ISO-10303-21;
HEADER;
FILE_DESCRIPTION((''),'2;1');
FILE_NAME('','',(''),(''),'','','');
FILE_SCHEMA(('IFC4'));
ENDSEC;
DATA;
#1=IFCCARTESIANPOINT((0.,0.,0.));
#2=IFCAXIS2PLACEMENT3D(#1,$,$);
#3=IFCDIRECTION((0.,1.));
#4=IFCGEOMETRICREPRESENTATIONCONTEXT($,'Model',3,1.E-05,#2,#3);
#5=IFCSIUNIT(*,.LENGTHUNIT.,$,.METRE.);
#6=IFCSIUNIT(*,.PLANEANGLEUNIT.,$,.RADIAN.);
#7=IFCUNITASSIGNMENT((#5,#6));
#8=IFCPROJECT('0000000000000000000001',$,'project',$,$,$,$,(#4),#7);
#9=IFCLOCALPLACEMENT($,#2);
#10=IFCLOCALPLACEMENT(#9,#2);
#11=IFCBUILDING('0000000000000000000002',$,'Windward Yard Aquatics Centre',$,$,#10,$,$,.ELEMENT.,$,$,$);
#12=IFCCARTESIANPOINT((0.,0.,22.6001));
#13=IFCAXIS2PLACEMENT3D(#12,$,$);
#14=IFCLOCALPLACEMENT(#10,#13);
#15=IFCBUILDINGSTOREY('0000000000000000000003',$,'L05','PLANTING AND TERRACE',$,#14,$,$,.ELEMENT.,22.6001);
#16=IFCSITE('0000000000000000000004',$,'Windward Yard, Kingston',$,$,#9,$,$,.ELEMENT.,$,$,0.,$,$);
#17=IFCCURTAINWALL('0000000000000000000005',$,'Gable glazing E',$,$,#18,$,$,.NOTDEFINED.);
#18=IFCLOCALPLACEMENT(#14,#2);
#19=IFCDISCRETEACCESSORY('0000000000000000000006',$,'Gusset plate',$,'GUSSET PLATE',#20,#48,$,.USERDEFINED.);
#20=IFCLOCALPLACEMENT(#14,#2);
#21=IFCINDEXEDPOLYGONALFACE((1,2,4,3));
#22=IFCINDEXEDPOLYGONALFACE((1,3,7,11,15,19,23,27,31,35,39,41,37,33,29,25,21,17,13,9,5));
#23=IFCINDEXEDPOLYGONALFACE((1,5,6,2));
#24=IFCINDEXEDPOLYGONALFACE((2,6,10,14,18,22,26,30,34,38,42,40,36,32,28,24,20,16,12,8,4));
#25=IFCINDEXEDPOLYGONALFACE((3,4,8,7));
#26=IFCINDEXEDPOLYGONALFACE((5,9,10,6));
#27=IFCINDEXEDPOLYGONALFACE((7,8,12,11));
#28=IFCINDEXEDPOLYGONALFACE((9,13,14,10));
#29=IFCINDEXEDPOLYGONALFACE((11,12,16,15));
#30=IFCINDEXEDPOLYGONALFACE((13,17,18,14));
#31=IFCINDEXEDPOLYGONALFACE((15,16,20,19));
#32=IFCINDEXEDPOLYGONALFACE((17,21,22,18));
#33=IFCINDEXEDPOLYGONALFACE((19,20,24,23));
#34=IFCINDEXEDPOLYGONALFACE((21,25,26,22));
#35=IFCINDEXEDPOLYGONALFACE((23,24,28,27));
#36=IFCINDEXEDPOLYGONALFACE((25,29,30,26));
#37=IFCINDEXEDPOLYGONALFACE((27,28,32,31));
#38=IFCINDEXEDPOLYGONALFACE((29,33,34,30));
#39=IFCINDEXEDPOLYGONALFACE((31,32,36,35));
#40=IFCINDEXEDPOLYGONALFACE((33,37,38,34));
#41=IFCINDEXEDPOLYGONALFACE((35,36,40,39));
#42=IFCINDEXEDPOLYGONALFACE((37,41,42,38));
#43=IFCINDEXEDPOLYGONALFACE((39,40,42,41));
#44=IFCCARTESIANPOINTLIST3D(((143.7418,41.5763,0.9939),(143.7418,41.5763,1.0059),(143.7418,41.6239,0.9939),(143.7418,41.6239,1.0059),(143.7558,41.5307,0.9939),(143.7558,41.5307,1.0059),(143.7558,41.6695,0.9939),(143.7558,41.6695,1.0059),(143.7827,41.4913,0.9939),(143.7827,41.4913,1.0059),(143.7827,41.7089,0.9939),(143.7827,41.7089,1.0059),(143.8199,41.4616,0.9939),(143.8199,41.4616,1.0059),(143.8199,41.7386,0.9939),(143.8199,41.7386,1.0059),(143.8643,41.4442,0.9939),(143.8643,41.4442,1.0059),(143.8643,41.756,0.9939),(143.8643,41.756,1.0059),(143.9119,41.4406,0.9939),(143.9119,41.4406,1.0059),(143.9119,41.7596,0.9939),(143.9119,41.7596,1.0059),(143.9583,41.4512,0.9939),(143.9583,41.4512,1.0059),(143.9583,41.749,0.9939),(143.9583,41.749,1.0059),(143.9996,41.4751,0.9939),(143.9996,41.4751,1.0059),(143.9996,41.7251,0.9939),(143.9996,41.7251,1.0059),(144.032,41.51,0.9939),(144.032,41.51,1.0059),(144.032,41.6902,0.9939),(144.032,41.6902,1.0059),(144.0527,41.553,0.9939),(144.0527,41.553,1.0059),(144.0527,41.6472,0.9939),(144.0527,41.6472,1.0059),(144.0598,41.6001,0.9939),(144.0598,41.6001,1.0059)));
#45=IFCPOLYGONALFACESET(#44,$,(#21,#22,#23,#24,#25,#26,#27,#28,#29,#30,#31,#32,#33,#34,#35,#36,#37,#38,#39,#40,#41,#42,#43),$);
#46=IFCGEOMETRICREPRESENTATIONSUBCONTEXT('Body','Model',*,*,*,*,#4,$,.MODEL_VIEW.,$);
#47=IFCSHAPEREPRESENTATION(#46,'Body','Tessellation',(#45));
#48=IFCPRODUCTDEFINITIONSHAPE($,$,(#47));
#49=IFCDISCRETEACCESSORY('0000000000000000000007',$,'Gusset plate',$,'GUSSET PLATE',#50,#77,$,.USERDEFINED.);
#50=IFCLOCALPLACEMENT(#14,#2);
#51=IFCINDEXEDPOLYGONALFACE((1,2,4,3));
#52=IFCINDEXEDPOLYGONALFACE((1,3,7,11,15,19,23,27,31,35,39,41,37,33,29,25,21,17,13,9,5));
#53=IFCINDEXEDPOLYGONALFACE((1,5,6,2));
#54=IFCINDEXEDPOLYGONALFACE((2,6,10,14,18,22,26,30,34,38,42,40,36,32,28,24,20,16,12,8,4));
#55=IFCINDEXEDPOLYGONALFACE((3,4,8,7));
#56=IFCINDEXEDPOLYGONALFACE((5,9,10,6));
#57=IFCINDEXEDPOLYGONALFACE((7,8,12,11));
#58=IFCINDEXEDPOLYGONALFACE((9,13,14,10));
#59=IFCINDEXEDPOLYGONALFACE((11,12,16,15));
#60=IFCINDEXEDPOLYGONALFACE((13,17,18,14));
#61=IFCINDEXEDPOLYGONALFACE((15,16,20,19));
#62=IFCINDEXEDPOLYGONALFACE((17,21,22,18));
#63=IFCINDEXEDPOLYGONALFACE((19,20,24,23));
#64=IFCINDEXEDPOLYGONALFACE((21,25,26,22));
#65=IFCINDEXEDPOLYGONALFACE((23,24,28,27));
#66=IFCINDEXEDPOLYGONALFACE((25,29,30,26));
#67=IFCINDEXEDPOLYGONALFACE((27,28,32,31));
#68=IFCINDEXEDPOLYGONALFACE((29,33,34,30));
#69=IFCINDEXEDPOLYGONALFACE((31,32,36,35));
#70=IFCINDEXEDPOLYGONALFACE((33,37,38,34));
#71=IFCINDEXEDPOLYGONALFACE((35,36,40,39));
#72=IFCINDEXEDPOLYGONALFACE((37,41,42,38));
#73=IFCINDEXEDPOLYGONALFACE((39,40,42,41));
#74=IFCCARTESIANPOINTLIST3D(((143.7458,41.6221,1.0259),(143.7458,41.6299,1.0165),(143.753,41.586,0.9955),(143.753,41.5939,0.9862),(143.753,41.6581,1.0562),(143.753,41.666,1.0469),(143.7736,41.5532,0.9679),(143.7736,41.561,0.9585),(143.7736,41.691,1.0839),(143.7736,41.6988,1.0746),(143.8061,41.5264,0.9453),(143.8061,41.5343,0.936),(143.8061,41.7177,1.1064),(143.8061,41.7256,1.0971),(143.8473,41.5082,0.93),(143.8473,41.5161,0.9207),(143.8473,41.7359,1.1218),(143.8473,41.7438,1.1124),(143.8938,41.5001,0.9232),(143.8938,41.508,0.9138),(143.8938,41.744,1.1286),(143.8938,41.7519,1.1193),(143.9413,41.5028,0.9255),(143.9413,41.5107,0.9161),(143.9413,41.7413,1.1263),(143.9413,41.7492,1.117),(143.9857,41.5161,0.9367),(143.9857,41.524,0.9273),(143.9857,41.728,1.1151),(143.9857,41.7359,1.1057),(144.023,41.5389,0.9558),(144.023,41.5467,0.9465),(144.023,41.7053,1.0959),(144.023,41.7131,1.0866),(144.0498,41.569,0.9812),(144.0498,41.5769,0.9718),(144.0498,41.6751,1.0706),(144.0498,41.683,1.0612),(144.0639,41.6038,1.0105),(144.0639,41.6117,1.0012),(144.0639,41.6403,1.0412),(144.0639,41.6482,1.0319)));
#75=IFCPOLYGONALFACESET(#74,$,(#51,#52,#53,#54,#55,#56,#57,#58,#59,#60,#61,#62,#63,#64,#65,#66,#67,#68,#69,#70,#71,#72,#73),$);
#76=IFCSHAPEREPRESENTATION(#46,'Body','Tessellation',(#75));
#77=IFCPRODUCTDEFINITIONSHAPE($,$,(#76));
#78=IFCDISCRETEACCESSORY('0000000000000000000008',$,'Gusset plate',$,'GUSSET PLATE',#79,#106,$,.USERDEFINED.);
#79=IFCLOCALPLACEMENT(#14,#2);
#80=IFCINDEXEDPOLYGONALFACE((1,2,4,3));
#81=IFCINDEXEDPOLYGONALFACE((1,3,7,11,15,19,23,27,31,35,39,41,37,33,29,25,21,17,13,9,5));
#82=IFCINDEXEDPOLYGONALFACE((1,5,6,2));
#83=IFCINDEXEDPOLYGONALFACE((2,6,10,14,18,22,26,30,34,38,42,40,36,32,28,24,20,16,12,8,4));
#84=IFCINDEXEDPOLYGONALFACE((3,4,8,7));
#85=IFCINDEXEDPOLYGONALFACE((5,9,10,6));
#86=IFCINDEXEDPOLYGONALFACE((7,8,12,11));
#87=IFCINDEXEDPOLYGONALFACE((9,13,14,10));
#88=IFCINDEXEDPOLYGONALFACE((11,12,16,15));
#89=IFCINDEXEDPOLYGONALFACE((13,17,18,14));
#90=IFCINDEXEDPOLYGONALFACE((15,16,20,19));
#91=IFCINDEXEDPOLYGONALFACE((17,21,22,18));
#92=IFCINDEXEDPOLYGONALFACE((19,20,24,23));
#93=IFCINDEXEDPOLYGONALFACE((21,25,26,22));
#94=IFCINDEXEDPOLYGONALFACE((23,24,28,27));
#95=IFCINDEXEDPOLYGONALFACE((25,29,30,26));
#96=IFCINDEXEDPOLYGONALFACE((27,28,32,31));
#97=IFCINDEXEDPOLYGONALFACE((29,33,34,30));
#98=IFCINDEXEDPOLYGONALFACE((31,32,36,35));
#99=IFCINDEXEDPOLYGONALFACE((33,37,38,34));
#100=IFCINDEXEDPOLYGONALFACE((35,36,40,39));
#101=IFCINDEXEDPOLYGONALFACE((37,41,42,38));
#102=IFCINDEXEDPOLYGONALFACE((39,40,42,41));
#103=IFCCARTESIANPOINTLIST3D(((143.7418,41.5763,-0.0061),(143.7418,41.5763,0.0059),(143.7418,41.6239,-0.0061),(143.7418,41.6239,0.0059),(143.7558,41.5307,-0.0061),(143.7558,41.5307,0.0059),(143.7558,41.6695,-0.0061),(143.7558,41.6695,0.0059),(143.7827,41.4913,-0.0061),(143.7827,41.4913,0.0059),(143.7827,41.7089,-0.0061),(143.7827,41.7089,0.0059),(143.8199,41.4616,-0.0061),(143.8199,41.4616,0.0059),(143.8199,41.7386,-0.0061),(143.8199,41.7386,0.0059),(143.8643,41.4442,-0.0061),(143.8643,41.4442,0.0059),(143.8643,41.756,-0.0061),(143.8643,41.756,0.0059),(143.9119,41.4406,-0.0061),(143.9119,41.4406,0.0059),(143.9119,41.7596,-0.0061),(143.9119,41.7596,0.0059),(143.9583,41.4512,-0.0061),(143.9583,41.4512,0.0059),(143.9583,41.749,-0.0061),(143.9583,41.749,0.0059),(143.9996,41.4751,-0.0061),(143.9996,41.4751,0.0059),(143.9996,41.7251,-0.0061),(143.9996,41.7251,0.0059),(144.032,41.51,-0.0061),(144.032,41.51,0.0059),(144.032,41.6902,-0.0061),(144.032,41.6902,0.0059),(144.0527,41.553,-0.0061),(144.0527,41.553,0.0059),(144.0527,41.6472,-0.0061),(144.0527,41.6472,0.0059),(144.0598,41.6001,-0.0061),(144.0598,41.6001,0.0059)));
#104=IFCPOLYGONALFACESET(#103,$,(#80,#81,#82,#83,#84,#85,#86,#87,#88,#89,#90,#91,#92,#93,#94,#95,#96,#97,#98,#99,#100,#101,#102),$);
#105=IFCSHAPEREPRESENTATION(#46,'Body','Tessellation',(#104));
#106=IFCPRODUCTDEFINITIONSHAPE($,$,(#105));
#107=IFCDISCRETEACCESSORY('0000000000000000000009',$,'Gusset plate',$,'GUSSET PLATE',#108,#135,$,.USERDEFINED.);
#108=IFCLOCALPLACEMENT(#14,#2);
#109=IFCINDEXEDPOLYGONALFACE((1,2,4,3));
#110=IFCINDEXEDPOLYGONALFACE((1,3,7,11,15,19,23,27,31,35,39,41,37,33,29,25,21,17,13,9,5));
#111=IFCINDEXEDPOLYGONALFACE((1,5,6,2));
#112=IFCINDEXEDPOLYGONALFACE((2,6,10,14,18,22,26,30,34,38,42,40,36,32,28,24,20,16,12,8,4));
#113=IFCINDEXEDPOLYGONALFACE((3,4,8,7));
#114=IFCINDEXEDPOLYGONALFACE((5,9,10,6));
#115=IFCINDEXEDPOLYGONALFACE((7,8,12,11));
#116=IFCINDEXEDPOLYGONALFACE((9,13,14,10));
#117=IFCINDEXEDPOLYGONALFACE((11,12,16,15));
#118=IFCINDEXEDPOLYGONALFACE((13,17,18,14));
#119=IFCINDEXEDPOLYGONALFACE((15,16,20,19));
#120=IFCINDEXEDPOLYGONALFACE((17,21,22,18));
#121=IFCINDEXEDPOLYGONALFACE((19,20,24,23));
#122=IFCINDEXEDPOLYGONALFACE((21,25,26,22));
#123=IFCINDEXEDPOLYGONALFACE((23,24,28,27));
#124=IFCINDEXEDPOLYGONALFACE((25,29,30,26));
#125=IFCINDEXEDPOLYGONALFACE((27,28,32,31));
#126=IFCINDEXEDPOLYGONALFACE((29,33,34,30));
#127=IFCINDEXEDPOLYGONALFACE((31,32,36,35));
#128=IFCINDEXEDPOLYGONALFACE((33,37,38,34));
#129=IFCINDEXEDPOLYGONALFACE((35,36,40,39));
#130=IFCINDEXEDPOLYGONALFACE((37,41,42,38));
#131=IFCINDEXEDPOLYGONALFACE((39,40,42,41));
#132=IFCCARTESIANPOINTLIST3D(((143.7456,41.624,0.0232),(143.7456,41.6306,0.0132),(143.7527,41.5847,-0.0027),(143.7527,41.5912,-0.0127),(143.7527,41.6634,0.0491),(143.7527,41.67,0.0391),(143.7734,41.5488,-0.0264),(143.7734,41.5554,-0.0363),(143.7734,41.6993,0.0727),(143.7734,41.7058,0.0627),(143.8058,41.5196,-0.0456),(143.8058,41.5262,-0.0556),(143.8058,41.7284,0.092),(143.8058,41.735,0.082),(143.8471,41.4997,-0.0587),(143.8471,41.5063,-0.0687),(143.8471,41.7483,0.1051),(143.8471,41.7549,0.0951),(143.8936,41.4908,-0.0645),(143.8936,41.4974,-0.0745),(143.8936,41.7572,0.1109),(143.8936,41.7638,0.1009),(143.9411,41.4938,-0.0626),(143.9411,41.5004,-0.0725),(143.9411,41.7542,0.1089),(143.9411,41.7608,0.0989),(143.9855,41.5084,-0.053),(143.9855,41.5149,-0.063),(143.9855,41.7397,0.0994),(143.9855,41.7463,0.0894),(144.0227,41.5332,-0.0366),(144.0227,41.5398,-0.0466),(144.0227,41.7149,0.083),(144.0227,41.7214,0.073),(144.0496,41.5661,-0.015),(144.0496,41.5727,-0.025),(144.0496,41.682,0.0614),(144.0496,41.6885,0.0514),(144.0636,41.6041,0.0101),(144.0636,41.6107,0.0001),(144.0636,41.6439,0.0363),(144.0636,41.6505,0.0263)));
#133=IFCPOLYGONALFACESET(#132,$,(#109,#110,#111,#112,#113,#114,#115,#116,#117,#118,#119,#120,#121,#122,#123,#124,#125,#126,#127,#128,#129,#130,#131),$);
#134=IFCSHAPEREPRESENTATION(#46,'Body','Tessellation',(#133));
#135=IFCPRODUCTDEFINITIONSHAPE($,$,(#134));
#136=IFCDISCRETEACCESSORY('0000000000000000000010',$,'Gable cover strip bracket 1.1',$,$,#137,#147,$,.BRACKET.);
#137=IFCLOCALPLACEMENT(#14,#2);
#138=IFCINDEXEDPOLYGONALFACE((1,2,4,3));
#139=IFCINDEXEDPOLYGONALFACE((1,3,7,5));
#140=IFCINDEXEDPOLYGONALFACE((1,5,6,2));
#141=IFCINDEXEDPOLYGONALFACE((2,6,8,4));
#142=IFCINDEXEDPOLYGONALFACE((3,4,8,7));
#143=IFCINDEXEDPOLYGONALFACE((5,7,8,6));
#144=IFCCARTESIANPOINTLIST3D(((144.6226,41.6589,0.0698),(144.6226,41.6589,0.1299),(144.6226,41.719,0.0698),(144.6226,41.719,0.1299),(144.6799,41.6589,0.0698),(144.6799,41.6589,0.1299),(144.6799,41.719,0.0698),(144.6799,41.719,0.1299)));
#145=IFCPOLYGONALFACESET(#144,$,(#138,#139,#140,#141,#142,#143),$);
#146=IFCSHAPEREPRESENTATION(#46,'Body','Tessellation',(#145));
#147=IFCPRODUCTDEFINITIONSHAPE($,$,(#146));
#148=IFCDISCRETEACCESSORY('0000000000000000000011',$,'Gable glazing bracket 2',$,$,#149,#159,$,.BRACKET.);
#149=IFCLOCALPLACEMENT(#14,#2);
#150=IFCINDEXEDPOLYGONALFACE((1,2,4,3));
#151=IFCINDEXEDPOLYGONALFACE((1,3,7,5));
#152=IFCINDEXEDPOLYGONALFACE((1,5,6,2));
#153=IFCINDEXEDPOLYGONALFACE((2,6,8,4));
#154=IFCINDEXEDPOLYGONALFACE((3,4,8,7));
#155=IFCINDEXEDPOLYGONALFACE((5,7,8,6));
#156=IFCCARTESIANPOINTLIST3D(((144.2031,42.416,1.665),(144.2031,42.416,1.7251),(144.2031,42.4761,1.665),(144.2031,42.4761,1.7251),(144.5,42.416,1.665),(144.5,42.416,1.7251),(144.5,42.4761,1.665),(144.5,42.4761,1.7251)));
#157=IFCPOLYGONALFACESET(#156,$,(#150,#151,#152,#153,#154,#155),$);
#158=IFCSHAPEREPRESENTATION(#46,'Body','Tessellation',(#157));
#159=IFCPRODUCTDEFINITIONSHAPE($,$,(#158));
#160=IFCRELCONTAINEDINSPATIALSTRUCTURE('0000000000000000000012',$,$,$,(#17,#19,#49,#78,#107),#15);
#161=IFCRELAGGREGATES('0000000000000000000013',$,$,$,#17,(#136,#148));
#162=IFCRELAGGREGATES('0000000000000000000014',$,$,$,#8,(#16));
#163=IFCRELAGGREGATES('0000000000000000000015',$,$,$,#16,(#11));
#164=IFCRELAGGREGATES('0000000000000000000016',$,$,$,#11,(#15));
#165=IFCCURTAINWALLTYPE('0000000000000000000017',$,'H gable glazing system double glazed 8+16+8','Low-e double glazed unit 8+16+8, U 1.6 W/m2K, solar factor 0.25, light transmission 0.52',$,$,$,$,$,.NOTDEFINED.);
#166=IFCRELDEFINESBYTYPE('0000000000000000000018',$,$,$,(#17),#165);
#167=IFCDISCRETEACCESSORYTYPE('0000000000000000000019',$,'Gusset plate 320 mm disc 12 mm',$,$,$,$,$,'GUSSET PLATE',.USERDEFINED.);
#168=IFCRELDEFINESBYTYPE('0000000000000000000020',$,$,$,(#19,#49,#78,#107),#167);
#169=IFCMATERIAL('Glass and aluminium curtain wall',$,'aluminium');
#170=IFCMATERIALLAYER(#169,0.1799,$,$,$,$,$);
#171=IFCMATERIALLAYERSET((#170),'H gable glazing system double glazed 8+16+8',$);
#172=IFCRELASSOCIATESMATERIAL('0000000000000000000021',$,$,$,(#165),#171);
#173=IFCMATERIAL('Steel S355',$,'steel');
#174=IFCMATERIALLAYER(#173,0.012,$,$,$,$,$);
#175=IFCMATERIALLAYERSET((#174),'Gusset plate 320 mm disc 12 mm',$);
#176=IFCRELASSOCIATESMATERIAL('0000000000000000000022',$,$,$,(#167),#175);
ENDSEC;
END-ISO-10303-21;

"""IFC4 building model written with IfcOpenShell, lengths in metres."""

from ifc_helpers import new_model, si_unit, direction, frame, origin, origin_2d, place, context, subcontext, project, spatial, rectangle, circle, extrude, material, layer, layer_set, type_object, element, aggregate, save


model = new_model("IFC4")

# Units and contexts
model_context = context("Model", 3, precision=1e-05, world=origin(), true_north=direction((0.0, 1.0)))
body_context = subcontext(model_context, "Body", "Model", "MODEL_VIEW")
ifc_project = project(units=[si_unit("LENGTHUNIT", "METRE"), si_unit("PLANEANGLEUNIT", "RADIAN")], contexts=[model_context])

# Site, building, storey
site_placement = place(None, origin())
site = spatial("IfcSite", under=ifc_project, at=site_placement, Name="Windward Yard, Kingston", CompositionType="ELEMENT", RefElevation=0.0)
building_placement = place(site_placement, origin())
building = spatial("IfcBuilding", under=site, at=building_placement, Name="Windward Yard Aquatics Centre", CompositionType="ELEMENT")
storey_placement = place(building_placement, frame((0.0, 0.0, 22.6001)))
storey = spatial("IfcBuildingStorey", under=building, at=storey_placement, Name="L05", Description="PLANTING AND TERRACE", CompositionType="ELEMENT", Elevation=22.6001)

# Curtain wall
ifc_material_1 = material(Name="Glass and aluminium curtain wall", Category="aluminium")
ifc_layer_1 = layer(ifc_material_1, 0.1799)
ifc_layer_set_1 = layer_set([ifc_layer_1], Name="H gable glazing system double glazed 8+16+8")
curtain_wall_type = type_object("IfcCurtainWallType", Name="H gable glazing system double glazed 8+16+8", Description="Low-e double glazed unit 8+16+8, U 1.6 W/m2K, solar factor 0.25, light transmission 0.52", PredefinedType="NOTDEFINED", material=ifc_layer_set_1)
curtain_wall_placement = place(storey_placement, origin())
curtain_wall = element("IfcCurtainWall", 1, at=curtain_wall_placement, inside=storey, type_object=curtain_wall_type, Name="Gable glazing E", PredefinedType="NOTDEFINED")

# Discrete accessories
ifc_material_2 = material(Name="Steel S355", Category="steel")
ifc_layer_2 = layer(ifc_material_2, 0.012)
ifc_layer_set_2 = layer_set([ifc_layer_2], Name="Gusset plate 320 mm disc 12 mm")
discrete_accessory_type = type_object("IfcDiscreteAccessoryType", Name="Gusset plate 320 mm disc 12 mm", ElementType="GUSSET PLATE", PredefinedType="USERDEFINED", material=ifc_layer_set_2)
discrete_accessory_1_placement = place(storey_placement, frame((143.8999, 41.6001, 0.9939), z_axis=(0.0, 0.0, 1.0), x_axis=(1.0, 0.0, 0.0)))
element("IfcDiscreteAccessory", 2, at=discrete_accessory_1_placement, inside=storey, type_object=discrete_accessory_type, Name="Gusset plate", ObjectType="GUSSET PLATE", PredefinedType="USERDEFINED", context=body_context, shape_type="SweptSolid", body=[
    extrude(circle(Radius=0.1599, at=origin_2d()), origin(), (0.0, 0.0, 1.0), 0.012),
])
discrete_accessory_2_placement = place(storey_placement, frame((143.9058, 41.6221, 1.0259), z_axis=(0.0, 0.644136, -0.764911), x_axis=(-1.0, 0.0, 0.0)))
element("IfcDiscreteAccessory", 3, at=discrete_accessory_2_placement, inside=storey, type_object=discrete_accessory_type, Name="Gusset plate", ObjectType="GUSSET PLATE", PredefinedType="USERDEFINED", context=body_context, shape_type="SweptSolid", body=[
    extrude(circle(Radius=0.1599, at=origin_2d()), origin(), (0.0, 0.0, 1.0), 0.0122),
])
for number, where, z_axis, x_axis, name in (
    (4, (143.8999, 41.6001, -0.0061), (0.0, 0.0, 1.0), (1.0, 0.0, 0.0), "Gusset plate"),
    (5, (143.9055, 41.624, 0.0232), (0.0, 0.549991, -0.835171), (-1.0, 0.0, 0.0), "Gusset plate"),
):
    element("IfcDiscreteAccessory", number, at=place(storey_placement, frame(where, z_axis=z_axis, x_axis=x_axis)), inside=storey, type_object=discrete_accessory_type, Name=name, ObjectType="GUSSET PLATE", PredefinedType="USERDEFINED", context=body_context, shape_type="SweptSolid", body=[
        extrude(circle(Radius=0.1599, at=origin_2d()), origin(), (0.0, 0.0, 1.0), 0.012),
    ])

# Discrete accessories
discrete_accessory_3_placement = place(storey_placement, frame((144.6226, 41.689, 0.0999), z_axis=(1.0, 0.0, 0.0), x_axis=(0.0, 1.0, 0.0)))
discrete_accessory_3 = element("IfcDiscreteAccessory", 6, at=discrete_accessory_3_placement, Name="Gable cover strip bracket 1.1", PredefinedType="BRACKET", context=body_context, shape_type="SweptSolid", body=[
    extrude(rectangle(XDim=0.0601, YDim=0.0601, at=origin_2d()), origin(), (0.0, 0.0, 1.0), 0.0574),
])
discrete_accessory_4_placement = place(storey_placement, frame((144.2031, 42.446, 1.6951), z_axis=(1.0, 0.0, 0.0), x_axis=(0.0, 1.0, 0.0)))
discrete_accessory_4 = element("IfcDiscreteAccessory", 7, at=discrete_accessory_4_placement, Name="Gable glazing bracket 2", PredefinedType="BRACKET", context=body_context, shape_type="SweptSolid", body=[
    extrude(rectangle(XDim=0.0601, YDim=0.0601, at=origin_2d()), origin(), (0.0, 0.0, 1.0), 0.2969),
])
aggregate(curtain_wall, [discrete_accessory_3, discrete_accessory_4])

save(model, "model.ifc")
